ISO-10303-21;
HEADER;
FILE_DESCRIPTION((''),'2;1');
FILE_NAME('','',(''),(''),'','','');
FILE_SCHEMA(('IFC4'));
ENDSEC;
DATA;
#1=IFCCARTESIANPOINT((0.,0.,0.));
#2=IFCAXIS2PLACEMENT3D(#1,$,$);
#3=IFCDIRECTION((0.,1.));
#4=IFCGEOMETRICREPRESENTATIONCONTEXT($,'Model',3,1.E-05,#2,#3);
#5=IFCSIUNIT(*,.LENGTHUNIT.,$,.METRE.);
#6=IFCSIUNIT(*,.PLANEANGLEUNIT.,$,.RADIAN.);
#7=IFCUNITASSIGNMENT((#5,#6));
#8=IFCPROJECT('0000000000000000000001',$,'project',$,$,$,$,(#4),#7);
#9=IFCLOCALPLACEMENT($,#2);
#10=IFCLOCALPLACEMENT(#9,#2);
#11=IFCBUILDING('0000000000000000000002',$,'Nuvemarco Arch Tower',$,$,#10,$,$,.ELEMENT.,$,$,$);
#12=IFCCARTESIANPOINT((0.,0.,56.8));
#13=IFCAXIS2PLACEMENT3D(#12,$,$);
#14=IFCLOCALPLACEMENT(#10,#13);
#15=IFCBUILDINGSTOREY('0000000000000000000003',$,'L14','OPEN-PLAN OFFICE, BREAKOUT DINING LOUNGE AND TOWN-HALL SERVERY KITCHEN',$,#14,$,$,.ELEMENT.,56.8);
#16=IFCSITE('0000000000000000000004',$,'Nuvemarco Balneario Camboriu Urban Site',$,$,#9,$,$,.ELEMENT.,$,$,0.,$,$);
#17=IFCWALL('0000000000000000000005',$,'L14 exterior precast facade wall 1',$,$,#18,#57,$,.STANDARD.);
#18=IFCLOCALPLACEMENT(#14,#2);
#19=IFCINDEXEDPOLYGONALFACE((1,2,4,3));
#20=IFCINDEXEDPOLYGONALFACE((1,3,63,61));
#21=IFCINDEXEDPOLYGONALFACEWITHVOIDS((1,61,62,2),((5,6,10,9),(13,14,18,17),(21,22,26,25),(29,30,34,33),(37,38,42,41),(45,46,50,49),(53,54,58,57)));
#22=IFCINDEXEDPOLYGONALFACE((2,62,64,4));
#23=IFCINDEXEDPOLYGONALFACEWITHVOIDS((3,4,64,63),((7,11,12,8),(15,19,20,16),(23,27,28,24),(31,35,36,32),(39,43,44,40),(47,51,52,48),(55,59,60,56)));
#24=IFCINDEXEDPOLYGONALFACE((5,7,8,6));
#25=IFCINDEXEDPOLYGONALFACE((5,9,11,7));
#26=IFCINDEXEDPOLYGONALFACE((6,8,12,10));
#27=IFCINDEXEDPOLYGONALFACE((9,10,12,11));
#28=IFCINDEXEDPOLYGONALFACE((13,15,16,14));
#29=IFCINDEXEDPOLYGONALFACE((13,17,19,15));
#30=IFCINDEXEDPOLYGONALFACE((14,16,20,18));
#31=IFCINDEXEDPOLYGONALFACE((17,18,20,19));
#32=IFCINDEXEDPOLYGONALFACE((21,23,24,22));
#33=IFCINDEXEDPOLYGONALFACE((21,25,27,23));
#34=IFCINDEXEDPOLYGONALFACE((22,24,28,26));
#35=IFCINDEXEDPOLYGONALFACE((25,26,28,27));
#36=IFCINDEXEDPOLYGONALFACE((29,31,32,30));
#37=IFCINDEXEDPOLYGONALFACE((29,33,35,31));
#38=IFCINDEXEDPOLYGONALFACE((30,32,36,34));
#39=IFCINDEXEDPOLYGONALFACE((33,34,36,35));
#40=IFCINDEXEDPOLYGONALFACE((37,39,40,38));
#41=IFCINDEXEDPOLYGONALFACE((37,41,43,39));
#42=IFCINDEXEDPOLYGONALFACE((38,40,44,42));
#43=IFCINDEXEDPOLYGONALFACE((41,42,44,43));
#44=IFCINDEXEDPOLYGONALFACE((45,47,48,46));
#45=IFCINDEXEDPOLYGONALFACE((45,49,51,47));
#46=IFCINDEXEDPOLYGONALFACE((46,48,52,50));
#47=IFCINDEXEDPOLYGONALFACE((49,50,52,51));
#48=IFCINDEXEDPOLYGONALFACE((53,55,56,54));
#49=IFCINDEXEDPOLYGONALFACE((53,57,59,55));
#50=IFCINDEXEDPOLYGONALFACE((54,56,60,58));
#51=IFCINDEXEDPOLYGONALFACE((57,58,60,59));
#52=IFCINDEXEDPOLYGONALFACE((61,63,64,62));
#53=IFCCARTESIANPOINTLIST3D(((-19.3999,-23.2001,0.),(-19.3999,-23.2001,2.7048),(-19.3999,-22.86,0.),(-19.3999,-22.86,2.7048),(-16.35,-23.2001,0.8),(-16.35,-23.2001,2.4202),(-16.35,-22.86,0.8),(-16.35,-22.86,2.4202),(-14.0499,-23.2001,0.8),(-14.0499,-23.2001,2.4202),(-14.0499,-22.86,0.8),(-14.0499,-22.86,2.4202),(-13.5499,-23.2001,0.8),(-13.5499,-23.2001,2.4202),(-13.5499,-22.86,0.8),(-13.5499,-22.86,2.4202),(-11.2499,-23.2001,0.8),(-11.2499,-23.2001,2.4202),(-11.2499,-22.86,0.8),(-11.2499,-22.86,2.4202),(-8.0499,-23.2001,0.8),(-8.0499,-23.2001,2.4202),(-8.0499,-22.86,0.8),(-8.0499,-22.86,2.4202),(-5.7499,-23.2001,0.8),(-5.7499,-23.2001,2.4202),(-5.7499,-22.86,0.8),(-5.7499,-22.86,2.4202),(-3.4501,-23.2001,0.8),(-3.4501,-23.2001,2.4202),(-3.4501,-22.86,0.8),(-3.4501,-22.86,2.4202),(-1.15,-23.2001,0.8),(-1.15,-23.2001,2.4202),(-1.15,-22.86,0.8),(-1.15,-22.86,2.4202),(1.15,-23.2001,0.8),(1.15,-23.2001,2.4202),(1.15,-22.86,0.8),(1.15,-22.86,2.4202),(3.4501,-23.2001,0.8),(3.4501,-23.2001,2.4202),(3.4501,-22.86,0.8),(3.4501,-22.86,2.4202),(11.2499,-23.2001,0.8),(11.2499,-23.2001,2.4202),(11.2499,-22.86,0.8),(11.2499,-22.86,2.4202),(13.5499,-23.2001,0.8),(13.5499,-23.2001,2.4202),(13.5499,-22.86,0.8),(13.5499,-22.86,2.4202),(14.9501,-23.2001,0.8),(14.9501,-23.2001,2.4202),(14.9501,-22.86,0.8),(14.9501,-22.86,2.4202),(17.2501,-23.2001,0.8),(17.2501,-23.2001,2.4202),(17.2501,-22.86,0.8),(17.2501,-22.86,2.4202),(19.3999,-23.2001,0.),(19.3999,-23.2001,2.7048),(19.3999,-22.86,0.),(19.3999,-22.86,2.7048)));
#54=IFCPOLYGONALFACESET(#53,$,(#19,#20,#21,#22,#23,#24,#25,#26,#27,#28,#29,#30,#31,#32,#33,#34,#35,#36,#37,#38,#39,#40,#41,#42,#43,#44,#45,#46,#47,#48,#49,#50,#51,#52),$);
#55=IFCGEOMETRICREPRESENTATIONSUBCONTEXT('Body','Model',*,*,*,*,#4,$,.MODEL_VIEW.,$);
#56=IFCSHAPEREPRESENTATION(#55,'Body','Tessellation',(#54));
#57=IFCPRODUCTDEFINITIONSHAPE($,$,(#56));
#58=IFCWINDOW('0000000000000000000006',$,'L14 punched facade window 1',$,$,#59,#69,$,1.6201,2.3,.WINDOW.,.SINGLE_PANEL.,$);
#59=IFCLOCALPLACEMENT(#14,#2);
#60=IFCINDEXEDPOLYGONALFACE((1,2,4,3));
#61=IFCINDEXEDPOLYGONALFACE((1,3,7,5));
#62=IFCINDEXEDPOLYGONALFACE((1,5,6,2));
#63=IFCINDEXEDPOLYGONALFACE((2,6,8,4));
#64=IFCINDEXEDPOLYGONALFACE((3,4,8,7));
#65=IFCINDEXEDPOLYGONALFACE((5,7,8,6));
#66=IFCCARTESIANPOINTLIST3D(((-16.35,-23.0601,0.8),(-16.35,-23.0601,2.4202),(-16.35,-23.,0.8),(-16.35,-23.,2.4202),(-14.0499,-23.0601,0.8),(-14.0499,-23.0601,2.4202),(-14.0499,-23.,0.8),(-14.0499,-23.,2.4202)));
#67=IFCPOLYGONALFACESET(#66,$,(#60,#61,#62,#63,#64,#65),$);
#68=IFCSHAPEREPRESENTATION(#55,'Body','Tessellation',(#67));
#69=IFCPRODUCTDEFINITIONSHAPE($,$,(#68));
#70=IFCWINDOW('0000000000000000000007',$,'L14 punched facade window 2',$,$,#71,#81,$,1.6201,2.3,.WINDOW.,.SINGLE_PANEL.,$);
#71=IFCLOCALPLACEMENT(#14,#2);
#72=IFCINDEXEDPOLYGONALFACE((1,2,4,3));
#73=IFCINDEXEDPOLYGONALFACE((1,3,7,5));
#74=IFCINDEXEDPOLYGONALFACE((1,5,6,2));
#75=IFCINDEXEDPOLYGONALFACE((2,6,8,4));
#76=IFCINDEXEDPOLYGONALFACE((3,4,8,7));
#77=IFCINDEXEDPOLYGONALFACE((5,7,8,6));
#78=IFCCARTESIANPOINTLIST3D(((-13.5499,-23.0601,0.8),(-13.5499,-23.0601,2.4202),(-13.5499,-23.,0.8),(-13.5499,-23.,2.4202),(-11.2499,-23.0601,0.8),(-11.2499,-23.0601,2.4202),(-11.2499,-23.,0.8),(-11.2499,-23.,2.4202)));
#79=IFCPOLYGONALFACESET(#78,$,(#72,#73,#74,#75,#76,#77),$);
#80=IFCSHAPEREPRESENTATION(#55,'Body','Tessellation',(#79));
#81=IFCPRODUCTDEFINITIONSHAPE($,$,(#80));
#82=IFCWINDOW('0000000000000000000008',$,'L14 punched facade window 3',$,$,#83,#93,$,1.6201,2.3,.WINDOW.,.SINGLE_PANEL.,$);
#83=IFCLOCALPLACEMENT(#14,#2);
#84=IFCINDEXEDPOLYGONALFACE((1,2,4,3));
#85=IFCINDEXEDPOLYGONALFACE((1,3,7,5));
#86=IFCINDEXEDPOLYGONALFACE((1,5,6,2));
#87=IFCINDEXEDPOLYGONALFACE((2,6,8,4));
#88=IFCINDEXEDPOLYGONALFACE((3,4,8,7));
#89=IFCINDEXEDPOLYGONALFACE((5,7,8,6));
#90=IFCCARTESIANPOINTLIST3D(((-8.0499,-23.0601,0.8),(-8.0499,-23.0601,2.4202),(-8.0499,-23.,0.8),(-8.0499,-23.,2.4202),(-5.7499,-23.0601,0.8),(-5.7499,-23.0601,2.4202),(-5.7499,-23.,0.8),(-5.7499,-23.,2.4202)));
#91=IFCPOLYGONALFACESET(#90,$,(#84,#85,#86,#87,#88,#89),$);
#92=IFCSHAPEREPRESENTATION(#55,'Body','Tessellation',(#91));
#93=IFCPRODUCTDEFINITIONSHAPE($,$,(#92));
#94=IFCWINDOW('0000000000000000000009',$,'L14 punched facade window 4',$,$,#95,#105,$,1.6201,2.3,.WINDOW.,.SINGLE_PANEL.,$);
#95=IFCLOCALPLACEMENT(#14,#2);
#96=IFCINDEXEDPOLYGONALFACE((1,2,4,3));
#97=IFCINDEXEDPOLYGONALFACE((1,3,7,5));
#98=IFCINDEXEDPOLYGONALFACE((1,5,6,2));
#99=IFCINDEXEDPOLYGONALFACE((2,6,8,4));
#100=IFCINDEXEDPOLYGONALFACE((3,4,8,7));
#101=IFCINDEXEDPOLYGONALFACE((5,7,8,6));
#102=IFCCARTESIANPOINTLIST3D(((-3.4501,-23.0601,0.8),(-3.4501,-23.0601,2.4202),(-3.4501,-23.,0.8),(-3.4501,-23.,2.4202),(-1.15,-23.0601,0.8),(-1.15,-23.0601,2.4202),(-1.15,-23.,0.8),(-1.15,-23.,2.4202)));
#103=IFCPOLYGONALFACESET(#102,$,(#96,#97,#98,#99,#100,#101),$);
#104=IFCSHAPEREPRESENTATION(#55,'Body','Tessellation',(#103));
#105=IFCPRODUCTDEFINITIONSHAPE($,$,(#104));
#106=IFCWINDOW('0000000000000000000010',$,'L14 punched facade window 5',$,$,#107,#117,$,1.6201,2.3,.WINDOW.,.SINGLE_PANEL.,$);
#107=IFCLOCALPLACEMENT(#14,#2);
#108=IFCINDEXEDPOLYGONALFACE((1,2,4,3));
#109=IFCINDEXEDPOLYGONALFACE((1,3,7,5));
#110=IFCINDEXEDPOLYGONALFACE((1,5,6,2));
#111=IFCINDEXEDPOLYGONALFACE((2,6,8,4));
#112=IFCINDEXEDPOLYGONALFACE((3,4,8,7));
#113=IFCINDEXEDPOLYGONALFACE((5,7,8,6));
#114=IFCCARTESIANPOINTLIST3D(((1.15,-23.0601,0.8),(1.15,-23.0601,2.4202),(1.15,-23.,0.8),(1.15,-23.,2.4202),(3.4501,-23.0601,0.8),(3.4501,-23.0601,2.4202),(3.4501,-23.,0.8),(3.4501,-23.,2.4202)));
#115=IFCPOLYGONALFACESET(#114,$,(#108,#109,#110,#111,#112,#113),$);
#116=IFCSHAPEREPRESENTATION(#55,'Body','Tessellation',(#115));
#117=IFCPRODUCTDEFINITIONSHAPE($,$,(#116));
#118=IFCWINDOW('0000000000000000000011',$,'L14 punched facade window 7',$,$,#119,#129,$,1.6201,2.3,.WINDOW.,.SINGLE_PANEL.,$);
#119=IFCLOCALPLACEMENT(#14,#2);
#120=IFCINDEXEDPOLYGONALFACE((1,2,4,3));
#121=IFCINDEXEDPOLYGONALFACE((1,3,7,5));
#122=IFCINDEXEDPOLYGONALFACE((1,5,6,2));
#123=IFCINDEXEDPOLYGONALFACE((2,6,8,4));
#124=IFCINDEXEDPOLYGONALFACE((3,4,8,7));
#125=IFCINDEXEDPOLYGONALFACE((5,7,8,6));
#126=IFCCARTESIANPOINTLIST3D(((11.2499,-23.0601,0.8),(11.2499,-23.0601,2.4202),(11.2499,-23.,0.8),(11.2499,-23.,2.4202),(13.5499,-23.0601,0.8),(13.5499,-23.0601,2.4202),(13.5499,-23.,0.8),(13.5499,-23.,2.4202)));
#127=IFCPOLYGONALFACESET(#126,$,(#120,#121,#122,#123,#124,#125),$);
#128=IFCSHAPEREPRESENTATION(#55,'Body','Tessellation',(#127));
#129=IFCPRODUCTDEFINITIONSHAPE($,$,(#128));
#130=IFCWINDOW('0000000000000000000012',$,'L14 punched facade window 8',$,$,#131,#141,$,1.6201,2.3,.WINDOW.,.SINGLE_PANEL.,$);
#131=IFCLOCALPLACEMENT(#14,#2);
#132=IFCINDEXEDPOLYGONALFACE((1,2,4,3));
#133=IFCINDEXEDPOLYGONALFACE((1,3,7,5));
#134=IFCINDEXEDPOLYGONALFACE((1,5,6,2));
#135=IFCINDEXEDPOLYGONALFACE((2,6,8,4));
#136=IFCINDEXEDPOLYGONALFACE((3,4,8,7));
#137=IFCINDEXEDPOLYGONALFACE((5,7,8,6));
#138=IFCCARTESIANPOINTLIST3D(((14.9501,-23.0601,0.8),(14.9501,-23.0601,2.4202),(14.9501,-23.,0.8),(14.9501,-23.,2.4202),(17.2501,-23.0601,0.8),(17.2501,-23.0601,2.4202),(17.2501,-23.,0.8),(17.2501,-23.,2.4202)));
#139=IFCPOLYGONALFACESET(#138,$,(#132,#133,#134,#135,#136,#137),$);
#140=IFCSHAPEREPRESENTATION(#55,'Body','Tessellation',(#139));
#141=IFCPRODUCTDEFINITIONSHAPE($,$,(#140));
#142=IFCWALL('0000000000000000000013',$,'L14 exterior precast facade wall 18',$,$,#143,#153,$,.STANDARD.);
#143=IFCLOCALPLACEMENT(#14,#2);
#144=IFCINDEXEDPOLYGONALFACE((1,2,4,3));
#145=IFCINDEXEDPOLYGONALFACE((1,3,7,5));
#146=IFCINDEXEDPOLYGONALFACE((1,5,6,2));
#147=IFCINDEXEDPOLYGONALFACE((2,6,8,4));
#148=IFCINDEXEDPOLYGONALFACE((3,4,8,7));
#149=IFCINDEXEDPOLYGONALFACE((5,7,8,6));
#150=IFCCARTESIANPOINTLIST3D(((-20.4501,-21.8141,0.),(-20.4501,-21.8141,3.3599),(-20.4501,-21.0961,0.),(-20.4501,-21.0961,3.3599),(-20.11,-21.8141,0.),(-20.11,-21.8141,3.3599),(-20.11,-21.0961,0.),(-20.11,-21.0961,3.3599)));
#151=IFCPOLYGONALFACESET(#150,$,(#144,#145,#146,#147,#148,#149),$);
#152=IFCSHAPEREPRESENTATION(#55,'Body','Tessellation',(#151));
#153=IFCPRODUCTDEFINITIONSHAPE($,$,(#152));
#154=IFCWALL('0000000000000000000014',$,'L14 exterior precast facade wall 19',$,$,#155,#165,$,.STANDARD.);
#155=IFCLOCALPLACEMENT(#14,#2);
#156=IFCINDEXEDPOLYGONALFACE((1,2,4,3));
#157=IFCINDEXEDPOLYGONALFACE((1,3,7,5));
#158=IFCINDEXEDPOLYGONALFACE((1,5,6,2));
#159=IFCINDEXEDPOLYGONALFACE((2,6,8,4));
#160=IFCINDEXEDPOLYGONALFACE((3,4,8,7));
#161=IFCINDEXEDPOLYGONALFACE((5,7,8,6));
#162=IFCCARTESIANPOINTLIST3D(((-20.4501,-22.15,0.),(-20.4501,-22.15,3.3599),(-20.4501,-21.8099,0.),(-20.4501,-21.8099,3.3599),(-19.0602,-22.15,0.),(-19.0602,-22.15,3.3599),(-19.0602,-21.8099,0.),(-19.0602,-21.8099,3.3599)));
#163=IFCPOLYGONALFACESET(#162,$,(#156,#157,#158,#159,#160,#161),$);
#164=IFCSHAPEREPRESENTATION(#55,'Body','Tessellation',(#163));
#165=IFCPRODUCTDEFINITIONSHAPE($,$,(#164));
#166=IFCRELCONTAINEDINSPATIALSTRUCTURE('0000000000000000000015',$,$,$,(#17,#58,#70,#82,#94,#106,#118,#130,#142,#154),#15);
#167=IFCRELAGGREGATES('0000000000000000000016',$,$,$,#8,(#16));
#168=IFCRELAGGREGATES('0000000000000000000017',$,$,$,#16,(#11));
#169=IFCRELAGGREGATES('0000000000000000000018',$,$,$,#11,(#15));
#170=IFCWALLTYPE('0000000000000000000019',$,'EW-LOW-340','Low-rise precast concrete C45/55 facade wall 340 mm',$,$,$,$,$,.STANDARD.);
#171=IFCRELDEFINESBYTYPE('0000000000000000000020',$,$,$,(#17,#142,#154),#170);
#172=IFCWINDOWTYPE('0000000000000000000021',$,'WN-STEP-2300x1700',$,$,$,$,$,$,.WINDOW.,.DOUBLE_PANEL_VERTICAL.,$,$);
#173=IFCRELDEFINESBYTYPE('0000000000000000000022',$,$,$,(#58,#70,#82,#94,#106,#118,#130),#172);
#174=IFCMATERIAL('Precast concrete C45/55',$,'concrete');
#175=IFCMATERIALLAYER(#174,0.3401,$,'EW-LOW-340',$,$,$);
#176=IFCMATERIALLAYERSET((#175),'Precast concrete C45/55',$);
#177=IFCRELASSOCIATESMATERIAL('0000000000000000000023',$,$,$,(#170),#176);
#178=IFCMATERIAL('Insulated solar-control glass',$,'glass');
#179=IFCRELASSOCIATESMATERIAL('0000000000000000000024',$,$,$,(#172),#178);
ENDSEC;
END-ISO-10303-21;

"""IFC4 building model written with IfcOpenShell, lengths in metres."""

from ifc_helpers import new_model, si_unit, direction, frame, frame_2d, origin, place, context, subcontext, project, spatial, rectangle, extrude, source, transform, mapped, material, layer, layer_set, type_object, type_shapes, element, fill, save


model = new_model("IFC4")

# Units and contexts
model_context = context("Model", 3, precision=1e-05, world=origin(), true_north=direction((0.0, 1.0)))
body_context = subcontext(model_context, "Body", "Model", "MODEL_VIEW")
ifc_project = project(units=[si_unit("LENGTHUNIT", "METRE"), si_unit("PLANEANGLEUNIT", "RADIAN")], contexts=[model_context])

# Site, building, storey
site_placement = place(None, origin())
site = spatial("IfcSite", under=ifc_project, at=site_placement, Name="Nuvemarco Balneario Camboriu Urban Site", CompositionType="ELEMENT", RefElevation=0.0)
building_placement = place(site_placement, origin())
building = spatial("IfcBuilding", under=site, at=building_placement, Name="Nuvemarco Arch Tower", CompositionType="ELEMENT")
storey_placement = place(building_placement, frame((0.0, 0.0, 56.8)))
storey = spatial("IfcBuildingStorey", under=building, at=storey_placement, Name="L14", Description="OPEN-PLAN OFFICE, BREAKOUT DINING LOUNGE AND TOWN-HALL SERVERY KITCHEN", CompositionType="ELEMENT", Elevation=56.8)

# Wall, openings, windows
ifc_material_1 = material(Name="Precast concrete C45/55", Category="concrete")
ifc_layer = layer(ifc_material_1, 0.3401, Name="EW-LOW-340")
ifc_layer_set = layer_set([ifc_layer], Name="Precast concrete C45/55")
wall_type = type_object("IfcWallType", Name="EW-LOW-340", Description="Low-rise precast concrete C45/55 facade wall 340 mm", PredefinedType="STANDARD", material=ifc_layer_set)
wall_1_placement = place(storey_placement, frame((-19.3999, -23.03, 0.0), z_axis=(0.0, 0.0, 1.0), x_axis=(1.0, 0.0, 0.0)))
wall_1 = element("IfcWall", 1, at=wall_1_placement, inside=storey, type_object=wall_type, Name="L14 exterior precast facade wall 1", PredefinedType="STANDARD", context=body_context, shape_type="SweptSolid", body=[
    extrude(rectangle(XDim=38.7998, YDim=0.3401, at=frame_2d((19.3999, 0.0))), origin(), (0.0, 0.0, 1.0), 2.7048),
])
opening_1_placement = place(wall_1_placement, frame((3.05, 0.0, 0.8)))
opening_1 = element("IfcOpeningElement", 2, at=opening_1_placement, cuts=wall_1, PredefinedType="OPENING", context=body_context, shape_type="SweptSolid", body=[
    extrude(rectangle(XDim=2.3, YDim=1.6201, at=frame_2d((1.1499, 0.8101))), frame((0.0, 0.1799, 0.0), z_axis=(0.0, -1.0, 0.0), x_axis=(1.0, 0.0, 0.0)), (0.0, 0.0, 1.0), 0.3601),
])
opening_2_placement = place(wall_1_placement, frame((5.8501, 0.0, 0.8)))
opening_2 = element("IfcOpeningElement", 3, at=opening_2_placement, cuts=wall_1, PredefinedType="OPENING", context=body_context, shape_type="SweptSolid", body=[
    extrude(rectangle(XDim=2.3, YDim=1.6201, at=frame_2d((1.1499, 0.8101))), frame((0.0, 0.1799, 0.0), z_axis=(0.0, -1.0, 0.0), x_axis=(1.0, 0.0, 0.0)), (0.0, 0.0, 1.0), 0.3601),
])
opening_3_placement = place(wall_1_placement, frame((11.3501, 0.0, 0.8)))
opening_3 = element("IfcOpeningElement", 4, at=opening_3_placement, cuts=wall_1, PredefinedType="OPENING", context=body_context, shape_type="SweptSolid", body=[
    extrude(rectangle(XDim=2.3, YDim=1.6201, at=frame_2d((1.1499, 0.8101))), frame((0.0, 0.1799, 0.0), z_axis=(0.0, -1.0, 0.0), x_axis=(1.0, 0.0, 0.0)), (0.0, 0.0, 1.0), 0.3601),
])
opening_4_placement = place(wall_1_placement, frame((15.95, 0.0, 0.8)))
opening_4 = element("IfcOpeningElement", 5, at=opening_4_placement, cuts=wall_1, PredefinedType="OPENING", context=body_context, shape_type="SweptSolid", body=[
    extrude(rectangle(XDim=2.3, YDim=1.6201, at=frame_2d((1.1499, 0.8101))), frame((0.0, 0.1799, 0.0), z_axis=(0.0, -1.0, 0.0), x_axis=(1.0, 0.0, 0.0)), (0.0, 0.0, 1.0), 0.3601),
])
opening_5_placement = place(wall_1_placement, frame((20.55, 0.0, 0.8)))
opening_5 = element("IfcOpeningElement", 6, at=opening_5_placement, cuts=wall_1, PredefinedType="OPENING", context=body_context, shape_type="SweptSolid", body=[
    extrude(rectangle(XDim=2.3, YDim=1.6201, at=frame_2d((1.1499, 0.8101))), frame((0.0, 0.1799, 0.0), z_axis=(0.0, -1.0, 0.0), x_axis=(1.0, 0.0, 0.0)), (0.0, 0.0, 1.0), 0.3601),
])
opening_6_placement = place(wall_1_placement, frame((30.6499, 0.0, 0.8)))
opening_6 = element("IfcOpeningElement", 7, at=opening_6_placement, cuts=wall_1, PredefinedType="OPENING", context=body_context, shape_type="SweptSolid", body=[
    extrude(rectangle(XDim=2.3, YDim=1.6201, at=frame_2d((1.1499, 0.8101))), frame((0.0, 0.1799, 0.0), z_axis=(0.0, -1.0, 0.0), x_axis=(1.0, 0.0, 0.0)), (0.0, 0.0, 1.0), 0.3601),
])
opening_7_placement = place(wall_1_placement, frame((34.3501, 0.0, 0.8)))
opening_7 = element("IfcOpeningElement", 8, at=opening_7_placement, cuts=wall_1, PredefinedType="OPENING", context=body_context, shape_type="SweptSolid", body=[
    extrude(rectangle(XDim=2.3, YDim=1.6201, at=frame_2d((1.1499, 0.8101))), frame((0.0, 0.1799, 0.0), z_axis=(0.0, -1.0, 0.0), x_axis=(1.0, 0.0, 0.0)), (0.0, 0.0, 1.0), 0.3601),
])
ifc_material_2 = material(Name="Insulated solar-control glass", Category="glass")
window_type = type_object("IfcWindowType", Name="WN-STEP-2300x1700", PartitioningType="DOUBLE_PANEL_VERTICAL", PredefinedType="WINDOW", material=ifc_material_2)
shared_shape = source(origin(), body_context, "Body", "SweptSolid", [
    extrude(rectangle(XDim=2.3, YDim=1.6201, at=frame_2d((1.1499, 0.8101))), frame((0.0, 0.03, 0.0), z_axis=(0.0, -1.0, 0.0), x_axis=(1.0, 0.0, 0.0)), (0.0, 0.0, 1.0), 0.0601),
])
type_shapes(window_type, [shared_shape])
window_1_placement = place(opening_1_placement, origin())
window_1 = element("IfcWindow", 9, at=window_1_placement, inside=storey, type_object=window_type, Name="L14 punched facade window 1", OverallHeight=1.6201, OverallWidth=2.3, PartitioningType="SINGLE_PANEL", PredefinedType="WINDOW", context=body_context, shape_type="MappedRepresentation", body=[
    mapped(shared_shape, transform((0.0, 0.0, 0.0), scale=1.0)),
])
fill(opening_1, window_1)
window_2_placement = place(opening_2_placement, origin())
window_2 = element("IfcWindow", 10, at=window_2_placement, inside=storey, type_object=window_type, Name="L14 punched facade window 2", OverallHeight=1.6201, OverallWidth=2.3, PartitioningType="SINGLE_PANEL", PredefinedType="WINDOW", context=body_context, shape_type="MappedRepresentation", body=[
    mapped(shared_shape, transform((0.0, 0.0, 0.0), scale=1.0)),
])
fill(opening_2, window_2)
window_3_placement = place(opening_3_placement, origin())
window_3 = element("IfcWindow", 11, at=window_3_placement, inside=storey, type_object=window_type, Name="L14 punched facade window 3", OverallHeight=1.6201, OverallWidth=2.3, PartitioningType="SINGLE_PANEL", PredefinedType="WINDOW", context=body_context, shape_type="MappedRepresentation", body=[
    mapped(shared_shape, transform((0.0, 0.0, 0.0), scale=1.0)),
])
fill(opening_3, window_3)
window_4_placement = place(opening_4_placement, origin())
window_4 = element("IfcWindow", 12, at=window_4_placement, inside=storey, type_object=window_type, Name="L14 punched facade window 4", OverallHeight=1.6201, OverallWidth=2.3, PartitioningType="SINGLE_PANEL", PredefinedType="WINDOW", context=body_context, shape_type="MappedRepresentation", body=[
    mapped(shared_shape, transform((0.0, 0.0, 0.0), scale=1.0)),
])
fill(opening_4, window_4)
window_5_placement = place(opening_5_placement, origin())
window_5 = element("IfcWindow", 13, at=window_5_placement, inside=storey, type_object=window_type, Name="L14 punched facade window 5", OverallHeight=1.6201, OverallWidth=2.3, PartitioningType="SINGLE_PANEL", PredefinedType="WINDOW", context=body_context, shape_type="MappedRepresentation", body=[
    mapped(shared_shape, transform((0.0, 0.0, 0.0), scale=1.0)),
])
fill(opening_5, window_5)
window_6_placement = place(opening_6_placement, origin())
window_6 = element("IfcWindow", 14, at=window_6_placement, inside=storey, type_object=window_type, Name="L14 punched facade window 7", OverallHeight=1.6201, OverallWidth=2.3, PartitioningType="SINGLE_PANEL", PredefinedType="WINDOW", context=body_context, shape_type="MappedRepresentation", body=[
    mapped(shared_shape, transform((0.0, 0.0, 0.0), scale=1.0)),
])
fill(opening_6, window_6)
window_7_placement = place(opening_7_placement, origin())
window_7 = element("IfcWindow", 15, at=window_7_placement, inside=storey, type_object=window_type, Name="L14 punched facade window 8", OverallHeight=1.6201, OverallWidth=2.3, PartitioningType="SINGLE_PANEL", PredefinedType="WINDOW", context=body_context, shape_type="MappedRepresentation", body=[
    mapped(shared_shape, transform((0.0, 0.0, 0.0), scale=1.0)),
])
fill(opening_7, window_7)

# Walls
wall_2_placement = place(storey_placement, frame((-20.28, -21.814, 0.0), z_axis=(0.0, 0.0, 1.0), x_axis=(0.0, 1.0, 0.0)))
element("IfcWall", 16, at=wall_2_placement, inside=storey, type_object=wall_type, Name="L14 exterior precast facade wall 18", PredefinedType="STANDARD", context=body_context, shape_type="SweptSolid", body=[
    extrude(rectangle(XDim=0.718, YDim=0.3401, at=frame_2d((0.3589, 0.0))), origin(), (0.0, 0.0, 1.0), 3.3599),
])
wall_3_placement = place(storey_placement, frame((-20.45, -21.98, 0.0), z_axis=(0.0, 0.0, 1.0), x_axis=(1.0, 0.0, 0.0)))
element("IfcWall", 17, at=wall_3_placement, inside=storey, type_object=wall_type, Name="L14 exterior precast facade wall 19", PredefinedType="STANDARD", context=body_context, shape_type="SweptSolid", body=[
    extrude(rectangle(XDim=1.3899, YDim=0.3401, at=frame_2d((0.6948, 0.0))), origin(), (0.0, 0.0, 1.0), 3.3599),
])

save(model, "model.ifc")
